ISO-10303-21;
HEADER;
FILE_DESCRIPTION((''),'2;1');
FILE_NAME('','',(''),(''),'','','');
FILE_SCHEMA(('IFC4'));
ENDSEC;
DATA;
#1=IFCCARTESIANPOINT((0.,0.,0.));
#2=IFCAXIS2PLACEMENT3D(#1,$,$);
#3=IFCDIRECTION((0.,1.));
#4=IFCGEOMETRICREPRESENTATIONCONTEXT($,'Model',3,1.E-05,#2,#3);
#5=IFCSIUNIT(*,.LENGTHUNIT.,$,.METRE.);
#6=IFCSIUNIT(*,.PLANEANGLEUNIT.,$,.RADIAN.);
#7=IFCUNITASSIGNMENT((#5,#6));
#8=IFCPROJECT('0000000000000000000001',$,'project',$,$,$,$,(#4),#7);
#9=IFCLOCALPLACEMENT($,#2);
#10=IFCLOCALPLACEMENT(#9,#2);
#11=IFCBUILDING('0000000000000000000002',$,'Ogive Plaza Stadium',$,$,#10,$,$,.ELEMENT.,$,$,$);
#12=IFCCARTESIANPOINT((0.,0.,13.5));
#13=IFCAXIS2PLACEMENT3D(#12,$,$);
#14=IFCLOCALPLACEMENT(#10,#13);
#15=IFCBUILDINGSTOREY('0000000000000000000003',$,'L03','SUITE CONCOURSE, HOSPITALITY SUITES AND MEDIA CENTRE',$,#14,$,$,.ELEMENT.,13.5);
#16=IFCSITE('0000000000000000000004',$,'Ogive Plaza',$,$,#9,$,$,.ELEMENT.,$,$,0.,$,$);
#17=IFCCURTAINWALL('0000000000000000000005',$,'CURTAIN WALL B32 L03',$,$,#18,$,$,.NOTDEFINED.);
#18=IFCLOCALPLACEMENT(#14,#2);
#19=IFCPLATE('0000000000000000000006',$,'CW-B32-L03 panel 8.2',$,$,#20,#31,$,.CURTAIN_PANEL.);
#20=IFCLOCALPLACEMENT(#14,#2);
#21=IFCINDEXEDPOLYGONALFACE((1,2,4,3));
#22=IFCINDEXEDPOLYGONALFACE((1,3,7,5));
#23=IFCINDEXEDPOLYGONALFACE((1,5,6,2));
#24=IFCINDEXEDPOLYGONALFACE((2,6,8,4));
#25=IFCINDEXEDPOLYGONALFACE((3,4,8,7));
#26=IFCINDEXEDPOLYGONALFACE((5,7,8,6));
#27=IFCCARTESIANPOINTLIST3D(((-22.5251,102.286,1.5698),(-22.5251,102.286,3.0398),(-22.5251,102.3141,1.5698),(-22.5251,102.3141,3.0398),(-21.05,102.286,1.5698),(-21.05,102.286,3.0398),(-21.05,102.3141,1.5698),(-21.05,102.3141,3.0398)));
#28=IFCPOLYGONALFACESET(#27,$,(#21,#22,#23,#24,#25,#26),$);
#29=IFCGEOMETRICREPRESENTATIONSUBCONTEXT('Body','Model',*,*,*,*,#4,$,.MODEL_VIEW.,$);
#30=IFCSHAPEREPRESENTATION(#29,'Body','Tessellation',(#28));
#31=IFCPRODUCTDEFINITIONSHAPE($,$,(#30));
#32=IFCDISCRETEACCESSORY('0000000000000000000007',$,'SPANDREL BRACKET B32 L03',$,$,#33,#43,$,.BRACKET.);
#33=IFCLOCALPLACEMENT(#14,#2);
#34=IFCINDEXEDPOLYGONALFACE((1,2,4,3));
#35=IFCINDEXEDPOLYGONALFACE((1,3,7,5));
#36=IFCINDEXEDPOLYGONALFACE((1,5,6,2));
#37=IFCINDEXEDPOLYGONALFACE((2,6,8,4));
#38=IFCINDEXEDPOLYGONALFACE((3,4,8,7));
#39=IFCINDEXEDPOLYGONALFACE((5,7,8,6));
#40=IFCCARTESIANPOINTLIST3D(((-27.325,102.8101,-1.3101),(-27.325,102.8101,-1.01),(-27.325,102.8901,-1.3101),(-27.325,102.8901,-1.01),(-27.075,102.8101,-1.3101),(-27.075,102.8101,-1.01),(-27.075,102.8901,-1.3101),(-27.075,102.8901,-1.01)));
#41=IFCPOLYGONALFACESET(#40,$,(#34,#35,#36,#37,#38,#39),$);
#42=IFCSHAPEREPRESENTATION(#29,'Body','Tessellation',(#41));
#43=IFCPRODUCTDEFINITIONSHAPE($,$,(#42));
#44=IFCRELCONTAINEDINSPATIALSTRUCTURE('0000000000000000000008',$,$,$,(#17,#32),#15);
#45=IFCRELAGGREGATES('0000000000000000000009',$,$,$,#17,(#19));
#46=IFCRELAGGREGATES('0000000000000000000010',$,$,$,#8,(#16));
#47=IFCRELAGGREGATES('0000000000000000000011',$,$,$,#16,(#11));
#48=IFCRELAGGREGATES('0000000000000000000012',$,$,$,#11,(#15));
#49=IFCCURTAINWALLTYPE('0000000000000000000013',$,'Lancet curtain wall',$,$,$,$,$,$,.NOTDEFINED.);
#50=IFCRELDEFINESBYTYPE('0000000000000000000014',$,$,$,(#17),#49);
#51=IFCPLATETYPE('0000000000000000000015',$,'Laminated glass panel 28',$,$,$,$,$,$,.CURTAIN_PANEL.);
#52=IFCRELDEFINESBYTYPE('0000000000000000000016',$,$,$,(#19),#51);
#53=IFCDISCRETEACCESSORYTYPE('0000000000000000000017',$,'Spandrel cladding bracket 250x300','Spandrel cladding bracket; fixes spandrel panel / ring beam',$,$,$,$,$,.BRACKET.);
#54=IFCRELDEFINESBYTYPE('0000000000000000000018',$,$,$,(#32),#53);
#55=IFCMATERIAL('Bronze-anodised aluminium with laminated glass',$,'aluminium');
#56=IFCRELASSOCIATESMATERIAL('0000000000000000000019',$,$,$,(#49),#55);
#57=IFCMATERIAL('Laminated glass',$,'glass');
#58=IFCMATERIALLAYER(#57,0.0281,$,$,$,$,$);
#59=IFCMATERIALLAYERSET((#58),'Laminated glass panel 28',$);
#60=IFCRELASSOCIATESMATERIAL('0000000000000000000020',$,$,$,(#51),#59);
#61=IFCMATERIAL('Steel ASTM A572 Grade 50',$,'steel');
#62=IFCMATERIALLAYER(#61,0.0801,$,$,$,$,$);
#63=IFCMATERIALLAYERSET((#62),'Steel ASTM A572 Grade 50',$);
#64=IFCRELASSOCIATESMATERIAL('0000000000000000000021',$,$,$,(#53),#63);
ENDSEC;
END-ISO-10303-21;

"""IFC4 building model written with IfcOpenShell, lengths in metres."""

from ifc_helpers import new_model, si_unit, direction, frame, origin, origin_2d, place, context, subcontext, project, spatial, rectangle, extrude, material, layer, layer_set, type_object, element, aggregate, save


model = new_model("IFC4")

# Units and contexts
model_context = context("Model", 3, precision=1e-05, world=origin(), true_north=direction((0.0, 1.0)))
body_context = subcontext(model_context, "Body", "Model", "MODEL_VIEW")
ifc_project = project(units=[si_unit("LENGTHUNIT", "METRE"), si_unit("PLANEANGLEUNIT", "RADIAN")], contexts=[model_context])

# Site, building, storey
site_placement = place(None, origin())
site = spatial("IfcSite", under=ifc_project, at=site_placement, Name="Ogive Plaza", CompositionType="ELEMENT", RefElevation=0.0)
building_placement = place(site_placement, origin())
building = spatial("IfcBuilding", under=site, at=building_placement, Name="Ogive Plaza Stadium", CompositionType="ELEMENT")
storey_placement = place(building_placement, frame((0.0, 0.0, 13.5)))
storey = spatial("IfcBuildingStorey", under=building, at=storey_placement, Name="L03", Description="SUITE CONCOURSE, HOSPITALITY SUITES AND MEDIA CENTRE", CompositionType="ELEMENT", Elevation=13.5)

# Curtain wall, plate
ifc_material_1 = material(Name="Bronze-anodised aluminium with laminated glass", Category="aluminium")
curtain_wall_type = type_object("IfcCurtainWallType", Name="Lancet curtain wall", PredefinedType="NOTDEFINED", material=ifc_material_1)
curtain_wall_placement = place(storey_placement, origin())
curtain_wall = element("IfcCurtainWall", 1, at=curtain_wall_placement, inside=storey, type_object=curtain_wall_type, Name="CURTAIN WALL B32 L03", PredefinedType="NOTDEFINED")
ifc_material_2 = material(Name="Laminated glass", Category="glass")
ifc_layer_1 = layer(ifc_material_2, 0.0281)
ifc_layer_set_1 = layer_set([ifc_layer_1], Name="Laminated glass panel 28")
plate_type = type_object("IfcPlateType", Name="Laminated glass panel 28", PredefinedType="CURTAIN_PANEL", material=ifc_layer_set_1)
plate_1_placement = place(storey_placement, frame((-21.7876, 102.3, 1.5698), z_axis=(0.0, 0.0, 1.0), x_axis=(1.0, 0.0, 0.0)))
plate_1 = element("IfcPlate", 2, at=plate_1_placement, type_object=plate_type, Name="CW-B32-L03 panel 8.2", PredefinedType="CURTAIN_PANEL", context=body_context, shape_type="SweptSolid", body=[
    extrude(rectangle(XDim=1.4751, YDim=0.0281, at=origin_2d()), origin(), (0.0, 0.0, 1.0), 1.47),
])
aggregate(curtain_wall, [plate_1])

# Discrete accessory
ifc_material_3 = material(Name="Steel ASTM A572 Grade 50", Category="steel")
ifc_layer_2 = layer(ifc_material_3, 0.0801)
ifc_layer_set_2 = layer_set([ifc_layer_2], Name="Steel ASTM A572 Grade 50")
discrete_accessory_type = type_object("IfcDiscreteAccessoryType", Name="Spandrel cladding bracket 250x300", Description="Spandrel cladding bracket; fixes spandrel panel / ring beam", PredefinedType="BRACKET", material=ifc_layer_set_2)
discrete_accessory_placement = place(storey_placement, frame((-27.2, 102.8501, -1.3101), z_axis=(0.0, 0.0, 1.0), x_axis=(1.0, 0.0, 0.0)))
element("IfcDiscreteAccessory", 3, at=discrete_accessory_placement, inside=storey, type_object=discrete_accessory_type, Name="SPANDREL BRACKET B32 L03", PredefinedType="BRACKET", context=body_context, shape_type="SweptSolid", body=[
    extrude(rectangle(XDim=0.25, YDim=0.0801, at=origin_2d()), origin(), (0.0, 0.0, 1.0), 0.3),
])

save(model, "model.ifc")
